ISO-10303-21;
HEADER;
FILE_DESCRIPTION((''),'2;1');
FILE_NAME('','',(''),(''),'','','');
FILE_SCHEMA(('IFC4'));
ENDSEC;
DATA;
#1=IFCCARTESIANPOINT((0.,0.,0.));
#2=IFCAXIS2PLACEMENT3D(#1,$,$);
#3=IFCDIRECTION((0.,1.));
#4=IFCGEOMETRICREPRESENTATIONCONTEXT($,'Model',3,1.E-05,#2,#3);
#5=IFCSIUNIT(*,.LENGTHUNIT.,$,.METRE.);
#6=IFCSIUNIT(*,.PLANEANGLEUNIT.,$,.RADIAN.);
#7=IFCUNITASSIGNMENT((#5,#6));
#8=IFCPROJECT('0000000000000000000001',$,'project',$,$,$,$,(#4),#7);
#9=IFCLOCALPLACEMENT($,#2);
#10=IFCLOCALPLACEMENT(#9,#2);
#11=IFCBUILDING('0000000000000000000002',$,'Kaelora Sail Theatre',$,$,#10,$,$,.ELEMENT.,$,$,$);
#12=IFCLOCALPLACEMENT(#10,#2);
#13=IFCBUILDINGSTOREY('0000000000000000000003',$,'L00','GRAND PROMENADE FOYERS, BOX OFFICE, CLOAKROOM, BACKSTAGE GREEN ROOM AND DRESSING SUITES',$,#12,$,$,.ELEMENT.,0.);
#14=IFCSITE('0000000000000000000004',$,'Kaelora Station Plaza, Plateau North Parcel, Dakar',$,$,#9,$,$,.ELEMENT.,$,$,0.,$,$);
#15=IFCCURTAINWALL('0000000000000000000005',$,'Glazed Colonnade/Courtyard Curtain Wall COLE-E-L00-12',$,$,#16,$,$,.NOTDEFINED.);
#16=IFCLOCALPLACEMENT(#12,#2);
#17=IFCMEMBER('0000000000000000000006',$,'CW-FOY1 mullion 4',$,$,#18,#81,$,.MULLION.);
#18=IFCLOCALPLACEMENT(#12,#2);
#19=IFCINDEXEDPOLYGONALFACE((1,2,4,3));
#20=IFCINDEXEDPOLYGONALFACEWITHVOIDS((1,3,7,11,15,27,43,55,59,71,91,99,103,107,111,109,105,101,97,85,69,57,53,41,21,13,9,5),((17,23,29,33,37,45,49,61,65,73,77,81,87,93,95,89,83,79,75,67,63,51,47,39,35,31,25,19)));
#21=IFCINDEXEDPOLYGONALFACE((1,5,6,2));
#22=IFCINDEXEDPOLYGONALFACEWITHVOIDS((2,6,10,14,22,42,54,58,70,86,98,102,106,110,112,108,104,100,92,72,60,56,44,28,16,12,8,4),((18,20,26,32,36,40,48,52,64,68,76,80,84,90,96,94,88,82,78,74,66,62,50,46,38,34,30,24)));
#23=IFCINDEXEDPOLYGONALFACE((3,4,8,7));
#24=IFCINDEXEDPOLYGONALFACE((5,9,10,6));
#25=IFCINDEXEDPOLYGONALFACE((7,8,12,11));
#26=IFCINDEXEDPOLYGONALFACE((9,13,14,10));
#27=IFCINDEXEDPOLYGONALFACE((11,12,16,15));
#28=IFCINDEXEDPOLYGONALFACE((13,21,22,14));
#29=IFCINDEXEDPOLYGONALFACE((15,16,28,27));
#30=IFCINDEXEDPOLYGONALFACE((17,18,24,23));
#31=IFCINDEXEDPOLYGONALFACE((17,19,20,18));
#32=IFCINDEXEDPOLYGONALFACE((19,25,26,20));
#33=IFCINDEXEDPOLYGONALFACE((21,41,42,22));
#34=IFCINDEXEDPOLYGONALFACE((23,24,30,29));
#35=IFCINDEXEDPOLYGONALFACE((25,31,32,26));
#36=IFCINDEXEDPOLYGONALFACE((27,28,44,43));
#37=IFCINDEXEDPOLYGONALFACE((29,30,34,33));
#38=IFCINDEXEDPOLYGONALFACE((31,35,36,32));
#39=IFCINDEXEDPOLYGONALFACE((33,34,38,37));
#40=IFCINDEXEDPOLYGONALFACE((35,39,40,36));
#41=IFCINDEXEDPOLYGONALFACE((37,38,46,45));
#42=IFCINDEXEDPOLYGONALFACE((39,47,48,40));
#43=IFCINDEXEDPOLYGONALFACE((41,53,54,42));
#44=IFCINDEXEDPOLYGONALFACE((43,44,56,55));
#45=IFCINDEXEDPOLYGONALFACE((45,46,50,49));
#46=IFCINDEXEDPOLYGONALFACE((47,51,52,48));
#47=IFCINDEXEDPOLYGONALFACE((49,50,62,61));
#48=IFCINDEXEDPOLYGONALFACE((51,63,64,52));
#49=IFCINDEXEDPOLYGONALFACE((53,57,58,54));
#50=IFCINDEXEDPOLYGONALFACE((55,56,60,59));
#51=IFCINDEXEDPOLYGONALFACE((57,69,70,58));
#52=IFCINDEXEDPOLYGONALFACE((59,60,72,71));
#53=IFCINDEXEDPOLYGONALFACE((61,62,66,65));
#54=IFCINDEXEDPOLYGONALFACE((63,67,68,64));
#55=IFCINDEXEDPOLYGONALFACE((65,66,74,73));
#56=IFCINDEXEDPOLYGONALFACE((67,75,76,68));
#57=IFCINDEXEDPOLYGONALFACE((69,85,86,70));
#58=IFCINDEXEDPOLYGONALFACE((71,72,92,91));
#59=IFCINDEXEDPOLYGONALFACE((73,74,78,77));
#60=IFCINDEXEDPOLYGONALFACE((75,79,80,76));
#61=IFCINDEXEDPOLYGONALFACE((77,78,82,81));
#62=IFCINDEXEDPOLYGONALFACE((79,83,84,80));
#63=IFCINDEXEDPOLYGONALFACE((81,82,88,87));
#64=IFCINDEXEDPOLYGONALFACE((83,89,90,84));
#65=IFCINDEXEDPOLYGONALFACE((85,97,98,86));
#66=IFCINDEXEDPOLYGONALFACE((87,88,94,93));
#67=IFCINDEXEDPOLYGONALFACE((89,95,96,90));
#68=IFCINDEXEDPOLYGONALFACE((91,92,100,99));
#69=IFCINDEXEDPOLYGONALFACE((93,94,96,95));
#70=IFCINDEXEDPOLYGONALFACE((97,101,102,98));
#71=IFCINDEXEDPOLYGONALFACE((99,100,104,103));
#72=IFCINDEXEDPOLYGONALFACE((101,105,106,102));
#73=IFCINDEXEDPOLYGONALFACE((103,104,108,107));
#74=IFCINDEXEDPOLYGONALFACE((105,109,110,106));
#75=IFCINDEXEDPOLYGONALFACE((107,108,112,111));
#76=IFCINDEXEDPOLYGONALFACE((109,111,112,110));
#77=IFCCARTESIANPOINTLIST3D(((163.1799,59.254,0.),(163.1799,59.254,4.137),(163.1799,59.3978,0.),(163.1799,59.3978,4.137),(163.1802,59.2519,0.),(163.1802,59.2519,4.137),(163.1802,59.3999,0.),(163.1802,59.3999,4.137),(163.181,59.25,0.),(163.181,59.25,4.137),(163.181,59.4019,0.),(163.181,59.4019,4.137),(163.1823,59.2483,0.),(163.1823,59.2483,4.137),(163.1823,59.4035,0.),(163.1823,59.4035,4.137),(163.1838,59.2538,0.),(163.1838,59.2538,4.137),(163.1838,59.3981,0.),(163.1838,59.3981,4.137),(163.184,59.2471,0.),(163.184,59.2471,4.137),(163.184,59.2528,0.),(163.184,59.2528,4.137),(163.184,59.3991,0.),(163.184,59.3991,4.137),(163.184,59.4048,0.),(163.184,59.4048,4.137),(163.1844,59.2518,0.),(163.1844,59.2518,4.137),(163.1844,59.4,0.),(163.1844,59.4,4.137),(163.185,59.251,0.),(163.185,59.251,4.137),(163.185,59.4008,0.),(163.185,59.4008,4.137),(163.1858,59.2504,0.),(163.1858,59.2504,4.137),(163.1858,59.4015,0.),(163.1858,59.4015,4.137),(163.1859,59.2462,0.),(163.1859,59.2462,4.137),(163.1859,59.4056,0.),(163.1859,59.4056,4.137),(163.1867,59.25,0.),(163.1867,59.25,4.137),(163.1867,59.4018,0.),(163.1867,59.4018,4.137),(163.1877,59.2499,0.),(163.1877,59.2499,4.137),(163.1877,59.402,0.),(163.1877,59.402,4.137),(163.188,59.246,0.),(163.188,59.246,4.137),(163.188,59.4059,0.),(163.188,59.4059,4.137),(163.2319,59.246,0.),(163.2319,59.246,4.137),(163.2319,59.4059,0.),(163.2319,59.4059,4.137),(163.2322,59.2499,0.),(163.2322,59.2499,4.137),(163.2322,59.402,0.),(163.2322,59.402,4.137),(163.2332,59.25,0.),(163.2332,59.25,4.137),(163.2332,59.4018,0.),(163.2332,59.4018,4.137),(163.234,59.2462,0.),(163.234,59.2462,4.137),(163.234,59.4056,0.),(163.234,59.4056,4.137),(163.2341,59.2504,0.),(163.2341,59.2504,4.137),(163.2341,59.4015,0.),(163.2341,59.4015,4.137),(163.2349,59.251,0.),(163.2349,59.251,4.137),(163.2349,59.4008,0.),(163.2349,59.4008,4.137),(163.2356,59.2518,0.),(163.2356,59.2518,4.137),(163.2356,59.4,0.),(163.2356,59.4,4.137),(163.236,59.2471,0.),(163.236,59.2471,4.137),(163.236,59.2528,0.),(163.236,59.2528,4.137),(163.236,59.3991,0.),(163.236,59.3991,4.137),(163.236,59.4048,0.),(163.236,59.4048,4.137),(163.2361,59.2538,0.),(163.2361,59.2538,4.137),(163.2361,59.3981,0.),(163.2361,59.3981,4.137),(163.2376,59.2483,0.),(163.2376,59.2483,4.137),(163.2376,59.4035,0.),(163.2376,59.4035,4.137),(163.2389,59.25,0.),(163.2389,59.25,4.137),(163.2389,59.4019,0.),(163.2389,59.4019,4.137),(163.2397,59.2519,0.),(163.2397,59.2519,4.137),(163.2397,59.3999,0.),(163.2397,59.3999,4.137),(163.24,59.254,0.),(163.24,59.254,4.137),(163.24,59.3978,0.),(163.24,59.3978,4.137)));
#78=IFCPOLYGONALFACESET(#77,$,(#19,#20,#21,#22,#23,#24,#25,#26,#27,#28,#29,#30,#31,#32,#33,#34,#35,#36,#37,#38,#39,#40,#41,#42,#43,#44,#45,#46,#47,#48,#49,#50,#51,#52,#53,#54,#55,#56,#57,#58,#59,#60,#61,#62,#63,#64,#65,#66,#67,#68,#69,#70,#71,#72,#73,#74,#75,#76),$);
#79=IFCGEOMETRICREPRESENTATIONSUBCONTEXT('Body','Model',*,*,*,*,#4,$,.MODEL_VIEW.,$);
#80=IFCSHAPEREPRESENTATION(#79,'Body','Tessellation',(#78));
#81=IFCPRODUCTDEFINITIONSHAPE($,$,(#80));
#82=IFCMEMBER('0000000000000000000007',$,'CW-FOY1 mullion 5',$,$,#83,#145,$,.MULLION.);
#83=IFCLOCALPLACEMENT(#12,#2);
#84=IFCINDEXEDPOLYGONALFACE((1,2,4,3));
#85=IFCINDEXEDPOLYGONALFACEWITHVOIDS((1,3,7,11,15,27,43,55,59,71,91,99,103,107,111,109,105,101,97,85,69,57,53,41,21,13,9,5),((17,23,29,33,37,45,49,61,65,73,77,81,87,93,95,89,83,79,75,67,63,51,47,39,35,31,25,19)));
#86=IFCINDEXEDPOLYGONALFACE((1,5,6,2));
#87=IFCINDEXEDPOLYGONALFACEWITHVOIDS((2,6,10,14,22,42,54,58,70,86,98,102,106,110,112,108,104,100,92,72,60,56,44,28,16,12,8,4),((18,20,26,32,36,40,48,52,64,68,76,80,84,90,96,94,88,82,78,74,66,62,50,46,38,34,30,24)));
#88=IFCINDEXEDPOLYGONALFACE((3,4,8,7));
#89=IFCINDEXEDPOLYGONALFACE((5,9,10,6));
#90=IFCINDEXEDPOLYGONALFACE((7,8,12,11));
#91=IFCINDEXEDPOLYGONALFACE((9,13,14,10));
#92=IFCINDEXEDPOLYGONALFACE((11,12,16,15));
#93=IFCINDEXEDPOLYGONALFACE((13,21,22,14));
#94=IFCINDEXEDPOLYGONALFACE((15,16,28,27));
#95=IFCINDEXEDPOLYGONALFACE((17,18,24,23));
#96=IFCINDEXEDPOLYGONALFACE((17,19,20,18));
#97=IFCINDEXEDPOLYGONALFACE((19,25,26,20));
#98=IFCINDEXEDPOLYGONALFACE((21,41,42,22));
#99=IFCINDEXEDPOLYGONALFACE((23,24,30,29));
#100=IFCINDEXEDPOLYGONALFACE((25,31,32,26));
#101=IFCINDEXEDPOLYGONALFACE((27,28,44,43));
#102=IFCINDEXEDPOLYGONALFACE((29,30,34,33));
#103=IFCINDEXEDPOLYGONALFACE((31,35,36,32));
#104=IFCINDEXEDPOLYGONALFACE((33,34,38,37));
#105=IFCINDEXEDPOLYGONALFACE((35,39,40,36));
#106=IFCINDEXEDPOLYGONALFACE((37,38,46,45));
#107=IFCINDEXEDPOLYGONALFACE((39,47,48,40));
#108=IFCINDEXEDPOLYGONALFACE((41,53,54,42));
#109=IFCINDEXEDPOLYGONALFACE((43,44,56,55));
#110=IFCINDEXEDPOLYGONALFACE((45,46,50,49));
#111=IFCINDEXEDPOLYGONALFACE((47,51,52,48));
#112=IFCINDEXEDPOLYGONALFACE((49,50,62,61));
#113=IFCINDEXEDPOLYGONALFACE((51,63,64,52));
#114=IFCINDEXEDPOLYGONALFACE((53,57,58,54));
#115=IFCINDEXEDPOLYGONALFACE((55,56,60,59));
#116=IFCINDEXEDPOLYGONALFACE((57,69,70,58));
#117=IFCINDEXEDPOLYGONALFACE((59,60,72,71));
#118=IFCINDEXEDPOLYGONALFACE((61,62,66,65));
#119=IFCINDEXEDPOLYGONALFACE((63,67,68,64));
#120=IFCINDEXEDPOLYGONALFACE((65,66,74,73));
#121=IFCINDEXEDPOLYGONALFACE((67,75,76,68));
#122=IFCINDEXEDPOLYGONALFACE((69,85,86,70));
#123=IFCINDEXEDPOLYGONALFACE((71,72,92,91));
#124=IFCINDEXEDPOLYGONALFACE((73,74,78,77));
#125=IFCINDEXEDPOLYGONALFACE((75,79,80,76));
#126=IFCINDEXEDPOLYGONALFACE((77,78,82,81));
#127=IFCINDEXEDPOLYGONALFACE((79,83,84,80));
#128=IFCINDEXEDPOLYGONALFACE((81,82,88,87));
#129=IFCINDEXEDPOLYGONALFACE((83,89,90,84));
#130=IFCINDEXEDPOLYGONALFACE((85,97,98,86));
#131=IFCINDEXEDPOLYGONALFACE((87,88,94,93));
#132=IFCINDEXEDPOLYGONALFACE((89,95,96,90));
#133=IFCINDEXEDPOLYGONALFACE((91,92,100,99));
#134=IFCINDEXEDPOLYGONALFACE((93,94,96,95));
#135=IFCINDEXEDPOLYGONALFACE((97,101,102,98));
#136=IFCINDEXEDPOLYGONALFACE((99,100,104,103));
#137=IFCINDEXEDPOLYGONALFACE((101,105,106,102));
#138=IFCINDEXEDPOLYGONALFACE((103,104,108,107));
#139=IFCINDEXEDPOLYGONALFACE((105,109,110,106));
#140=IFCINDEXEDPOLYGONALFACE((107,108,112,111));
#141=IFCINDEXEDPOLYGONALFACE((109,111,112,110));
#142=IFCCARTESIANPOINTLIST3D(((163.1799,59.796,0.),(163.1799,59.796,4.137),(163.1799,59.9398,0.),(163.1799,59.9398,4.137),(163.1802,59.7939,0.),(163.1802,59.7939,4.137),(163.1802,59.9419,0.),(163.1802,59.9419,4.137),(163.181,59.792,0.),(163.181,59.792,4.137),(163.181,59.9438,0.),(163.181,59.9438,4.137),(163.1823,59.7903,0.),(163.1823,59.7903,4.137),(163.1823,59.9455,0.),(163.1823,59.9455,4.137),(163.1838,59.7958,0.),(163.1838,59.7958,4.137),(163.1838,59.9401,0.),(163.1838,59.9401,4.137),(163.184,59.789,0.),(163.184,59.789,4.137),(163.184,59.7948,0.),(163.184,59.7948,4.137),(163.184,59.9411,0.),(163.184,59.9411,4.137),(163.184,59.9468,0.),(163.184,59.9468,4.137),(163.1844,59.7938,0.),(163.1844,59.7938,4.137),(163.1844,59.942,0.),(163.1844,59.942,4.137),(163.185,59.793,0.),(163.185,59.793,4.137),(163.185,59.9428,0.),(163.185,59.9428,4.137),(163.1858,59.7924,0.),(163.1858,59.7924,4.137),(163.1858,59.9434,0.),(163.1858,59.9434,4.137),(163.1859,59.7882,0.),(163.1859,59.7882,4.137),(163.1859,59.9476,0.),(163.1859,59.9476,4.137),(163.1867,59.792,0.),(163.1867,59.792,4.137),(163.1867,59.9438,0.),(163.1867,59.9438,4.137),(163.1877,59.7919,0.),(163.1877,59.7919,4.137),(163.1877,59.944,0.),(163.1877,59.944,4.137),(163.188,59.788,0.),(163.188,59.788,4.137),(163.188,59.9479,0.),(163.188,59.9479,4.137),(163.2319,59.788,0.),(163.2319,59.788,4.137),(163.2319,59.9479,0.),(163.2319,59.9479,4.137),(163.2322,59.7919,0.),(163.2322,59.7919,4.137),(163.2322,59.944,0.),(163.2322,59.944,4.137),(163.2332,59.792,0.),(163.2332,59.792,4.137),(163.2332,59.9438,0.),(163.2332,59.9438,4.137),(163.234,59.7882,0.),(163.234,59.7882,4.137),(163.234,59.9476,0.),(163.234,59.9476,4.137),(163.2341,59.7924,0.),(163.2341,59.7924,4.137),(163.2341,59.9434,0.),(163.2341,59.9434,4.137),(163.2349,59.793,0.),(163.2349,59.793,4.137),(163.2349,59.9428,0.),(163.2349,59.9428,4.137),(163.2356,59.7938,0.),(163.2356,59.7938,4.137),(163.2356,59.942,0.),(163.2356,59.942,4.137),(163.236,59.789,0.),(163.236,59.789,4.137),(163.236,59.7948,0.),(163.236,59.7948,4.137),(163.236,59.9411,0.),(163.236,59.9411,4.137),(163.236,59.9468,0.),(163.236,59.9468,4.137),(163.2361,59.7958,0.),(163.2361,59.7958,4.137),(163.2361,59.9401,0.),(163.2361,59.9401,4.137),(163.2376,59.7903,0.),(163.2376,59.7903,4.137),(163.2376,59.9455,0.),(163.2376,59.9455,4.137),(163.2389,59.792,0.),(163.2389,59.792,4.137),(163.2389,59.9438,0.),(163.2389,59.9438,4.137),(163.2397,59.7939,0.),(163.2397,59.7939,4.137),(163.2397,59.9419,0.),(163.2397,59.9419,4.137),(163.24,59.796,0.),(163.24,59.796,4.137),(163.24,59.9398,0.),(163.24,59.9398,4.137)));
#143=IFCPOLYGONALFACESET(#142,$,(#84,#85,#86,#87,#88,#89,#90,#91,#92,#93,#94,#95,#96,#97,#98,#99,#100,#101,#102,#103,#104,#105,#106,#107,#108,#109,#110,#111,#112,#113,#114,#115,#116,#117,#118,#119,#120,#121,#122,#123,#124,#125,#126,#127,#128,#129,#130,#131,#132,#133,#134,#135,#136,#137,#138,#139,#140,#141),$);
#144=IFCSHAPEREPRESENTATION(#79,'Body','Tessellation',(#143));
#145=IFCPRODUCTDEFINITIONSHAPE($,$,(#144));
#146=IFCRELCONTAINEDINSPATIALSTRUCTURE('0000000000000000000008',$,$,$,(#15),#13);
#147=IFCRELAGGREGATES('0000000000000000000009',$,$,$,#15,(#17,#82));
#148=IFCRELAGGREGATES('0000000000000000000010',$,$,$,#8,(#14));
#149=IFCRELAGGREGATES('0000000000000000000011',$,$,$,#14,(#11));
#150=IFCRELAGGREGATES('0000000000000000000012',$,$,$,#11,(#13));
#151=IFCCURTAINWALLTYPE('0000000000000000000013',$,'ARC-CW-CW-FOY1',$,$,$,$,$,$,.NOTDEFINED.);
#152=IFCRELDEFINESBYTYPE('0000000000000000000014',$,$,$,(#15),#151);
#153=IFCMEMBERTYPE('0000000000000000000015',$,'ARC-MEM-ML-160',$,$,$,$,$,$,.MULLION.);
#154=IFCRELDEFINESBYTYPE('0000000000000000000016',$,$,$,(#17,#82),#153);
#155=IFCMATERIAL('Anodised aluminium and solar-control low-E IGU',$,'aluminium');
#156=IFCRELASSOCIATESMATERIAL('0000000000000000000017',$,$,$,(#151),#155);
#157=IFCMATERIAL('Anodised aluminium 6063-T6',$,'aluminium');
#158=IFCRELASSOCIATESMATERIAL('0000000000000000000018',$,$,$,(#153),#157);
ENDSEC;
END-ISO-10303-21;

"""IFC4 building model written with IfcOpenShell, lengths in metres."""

from ifc_helpers import new_model, si_unit, direction, frame, origin, origin_2d, place, context, subcontext, project, spatial, hollow_rectangle, extrude, material, material_profile, profile_set, type_object, element, aggregate, save


model = new_model("IFC4")

# Units and contexts
model_context = context("Model", 3, precision=1e-05, world=origin(), true_north=direction((0.0, 1.0)))
body_context = subcontext(model_context, "Body", "Model", "MODEL_VIEW")
ifc_project = project(units=[si_unit("LENGTHUNIT", "METRE"), si_unit("PLANEANGLEUNIT", "RADIAN")], contexts=[model_context])

# Site, building, storey
site_placement = place(None, origin())
site = spatial("IfcSite", under=ifc_project, at=site_placement, Name="Kaelora Station Plaza, Plateau North Parcel, Dakar", CompositionType="ELEMENT", RefElevation=0.0)
building_placement = place(site_placement, origin())
building = spatial("IfcBuilding", under=site, at=building_placement, Name="Kaelora Sail Theatre", CompositionType="ELEMENT")
storey_placement = place(building_placement, origin())
storey = spatial("IfcBuildingStorey", under=building, at=storey_placement, Name="L00", Description="GRAND PROMENADE FOYERS, BOX OFFICE, CLOAKROOM, BACKSTAGE GREEN ROOM AND DRESSING SUITES", CompositionType="ELEMENT", Elevation=0.0)

# Shared definitions
ifc_material_1 = material(Name="Anodised aluminium and solar-control low-E IGU", Category="aluminium")
curtain_wall_type = type_object("IfcCurtainWallType", Name="ARC-CW-CW-FOY1", PredefinedType="NOTDEFINED", material=ifc_material_1)
ifc_material_2 = material(Name="Anodised aluminium 6063-T6", Category="aluminium")
ifc_material_profile_1 = material_profile(ifc_material_2, hollow_rectangle(XDim=0.0601, YDim=0.1599, WallThickness=0.0039, InnerFilletRadius=0.0039, OuterFilletRadius=0.0081, at=origin_2d()), Name="ALU-MULL 60x160x4")
ifc_profile_set_1 = profile_set([ifc_material_profile_1], Name="Anodised aluminium 6063-T6")
member_type_1 = type_object("IfcMemberType", Name="ARC-MEM-ML-160", PredefinedType="MULLION", material=ifc_profile_set_1)

# Curtain wall, members
curtain_wall_1_placement = place(storey_placement, origin())
curtain_wall_1 = element("IfcCurtainWall", 1, at=curtain_wall_1_placement, inside=storey, type_object=curtain_wall_type, Name="Glazed Colonnade/Courtyard Curtain Wall COLE-E-L00-12", PredefinedType="NOTDEFINED")
member_1_placement = place(storey_placement, frame((163.21, 59.3259, 0.0), z_axis=(0.0, 0.0, 1.0), x_axis=(-1.0, 0.0, 0.0)))
member_1 = element("IfcMember", 2, at=member_1_placement, type_object=member_type_1, Name="CW-FOY1 mullion 4", PredefinedType="MULLION", context=body_context, shape_type="SweptSolid", body=[
    extrude(hollow_rectangle(XDim=0.0601, YDim=0.1599, WallThickness=0.0039, InnerFilletRadius=0.0039, OuterFilletRadius=0.0081, at=origin_2d()), origin(), (0.0, 0.0, 1.0), 4.137),
])
member_2_placement = place(storey_placement, frame((163.21, 59.8679, 0.0), z_axis=(0.0, 0.0, 1.0), x_axis=(-1.0, 0.0, 0.0)))
member_2 = element("IfcMember", 3, at=member_2_placement, type_object=member_type_1, Name="CW-FOY1 mullion 5", PredefinedType="MULLION", context=body_context, shape_type="SweptSolid", body=[
    extrude(hollow_rectangle(XDim=0.0601, YDim=0.1599, WallThickness=0.0039, InnerFilletRadius=0.0039, OuterFilletRadius=0.0081, at=origin_2d()), origin(), (0.0, 0.0, 1.0), 4.137),
])
aggregate(curtain_wall_1, [member_1, member_2])

save(model, "model.ifc")
